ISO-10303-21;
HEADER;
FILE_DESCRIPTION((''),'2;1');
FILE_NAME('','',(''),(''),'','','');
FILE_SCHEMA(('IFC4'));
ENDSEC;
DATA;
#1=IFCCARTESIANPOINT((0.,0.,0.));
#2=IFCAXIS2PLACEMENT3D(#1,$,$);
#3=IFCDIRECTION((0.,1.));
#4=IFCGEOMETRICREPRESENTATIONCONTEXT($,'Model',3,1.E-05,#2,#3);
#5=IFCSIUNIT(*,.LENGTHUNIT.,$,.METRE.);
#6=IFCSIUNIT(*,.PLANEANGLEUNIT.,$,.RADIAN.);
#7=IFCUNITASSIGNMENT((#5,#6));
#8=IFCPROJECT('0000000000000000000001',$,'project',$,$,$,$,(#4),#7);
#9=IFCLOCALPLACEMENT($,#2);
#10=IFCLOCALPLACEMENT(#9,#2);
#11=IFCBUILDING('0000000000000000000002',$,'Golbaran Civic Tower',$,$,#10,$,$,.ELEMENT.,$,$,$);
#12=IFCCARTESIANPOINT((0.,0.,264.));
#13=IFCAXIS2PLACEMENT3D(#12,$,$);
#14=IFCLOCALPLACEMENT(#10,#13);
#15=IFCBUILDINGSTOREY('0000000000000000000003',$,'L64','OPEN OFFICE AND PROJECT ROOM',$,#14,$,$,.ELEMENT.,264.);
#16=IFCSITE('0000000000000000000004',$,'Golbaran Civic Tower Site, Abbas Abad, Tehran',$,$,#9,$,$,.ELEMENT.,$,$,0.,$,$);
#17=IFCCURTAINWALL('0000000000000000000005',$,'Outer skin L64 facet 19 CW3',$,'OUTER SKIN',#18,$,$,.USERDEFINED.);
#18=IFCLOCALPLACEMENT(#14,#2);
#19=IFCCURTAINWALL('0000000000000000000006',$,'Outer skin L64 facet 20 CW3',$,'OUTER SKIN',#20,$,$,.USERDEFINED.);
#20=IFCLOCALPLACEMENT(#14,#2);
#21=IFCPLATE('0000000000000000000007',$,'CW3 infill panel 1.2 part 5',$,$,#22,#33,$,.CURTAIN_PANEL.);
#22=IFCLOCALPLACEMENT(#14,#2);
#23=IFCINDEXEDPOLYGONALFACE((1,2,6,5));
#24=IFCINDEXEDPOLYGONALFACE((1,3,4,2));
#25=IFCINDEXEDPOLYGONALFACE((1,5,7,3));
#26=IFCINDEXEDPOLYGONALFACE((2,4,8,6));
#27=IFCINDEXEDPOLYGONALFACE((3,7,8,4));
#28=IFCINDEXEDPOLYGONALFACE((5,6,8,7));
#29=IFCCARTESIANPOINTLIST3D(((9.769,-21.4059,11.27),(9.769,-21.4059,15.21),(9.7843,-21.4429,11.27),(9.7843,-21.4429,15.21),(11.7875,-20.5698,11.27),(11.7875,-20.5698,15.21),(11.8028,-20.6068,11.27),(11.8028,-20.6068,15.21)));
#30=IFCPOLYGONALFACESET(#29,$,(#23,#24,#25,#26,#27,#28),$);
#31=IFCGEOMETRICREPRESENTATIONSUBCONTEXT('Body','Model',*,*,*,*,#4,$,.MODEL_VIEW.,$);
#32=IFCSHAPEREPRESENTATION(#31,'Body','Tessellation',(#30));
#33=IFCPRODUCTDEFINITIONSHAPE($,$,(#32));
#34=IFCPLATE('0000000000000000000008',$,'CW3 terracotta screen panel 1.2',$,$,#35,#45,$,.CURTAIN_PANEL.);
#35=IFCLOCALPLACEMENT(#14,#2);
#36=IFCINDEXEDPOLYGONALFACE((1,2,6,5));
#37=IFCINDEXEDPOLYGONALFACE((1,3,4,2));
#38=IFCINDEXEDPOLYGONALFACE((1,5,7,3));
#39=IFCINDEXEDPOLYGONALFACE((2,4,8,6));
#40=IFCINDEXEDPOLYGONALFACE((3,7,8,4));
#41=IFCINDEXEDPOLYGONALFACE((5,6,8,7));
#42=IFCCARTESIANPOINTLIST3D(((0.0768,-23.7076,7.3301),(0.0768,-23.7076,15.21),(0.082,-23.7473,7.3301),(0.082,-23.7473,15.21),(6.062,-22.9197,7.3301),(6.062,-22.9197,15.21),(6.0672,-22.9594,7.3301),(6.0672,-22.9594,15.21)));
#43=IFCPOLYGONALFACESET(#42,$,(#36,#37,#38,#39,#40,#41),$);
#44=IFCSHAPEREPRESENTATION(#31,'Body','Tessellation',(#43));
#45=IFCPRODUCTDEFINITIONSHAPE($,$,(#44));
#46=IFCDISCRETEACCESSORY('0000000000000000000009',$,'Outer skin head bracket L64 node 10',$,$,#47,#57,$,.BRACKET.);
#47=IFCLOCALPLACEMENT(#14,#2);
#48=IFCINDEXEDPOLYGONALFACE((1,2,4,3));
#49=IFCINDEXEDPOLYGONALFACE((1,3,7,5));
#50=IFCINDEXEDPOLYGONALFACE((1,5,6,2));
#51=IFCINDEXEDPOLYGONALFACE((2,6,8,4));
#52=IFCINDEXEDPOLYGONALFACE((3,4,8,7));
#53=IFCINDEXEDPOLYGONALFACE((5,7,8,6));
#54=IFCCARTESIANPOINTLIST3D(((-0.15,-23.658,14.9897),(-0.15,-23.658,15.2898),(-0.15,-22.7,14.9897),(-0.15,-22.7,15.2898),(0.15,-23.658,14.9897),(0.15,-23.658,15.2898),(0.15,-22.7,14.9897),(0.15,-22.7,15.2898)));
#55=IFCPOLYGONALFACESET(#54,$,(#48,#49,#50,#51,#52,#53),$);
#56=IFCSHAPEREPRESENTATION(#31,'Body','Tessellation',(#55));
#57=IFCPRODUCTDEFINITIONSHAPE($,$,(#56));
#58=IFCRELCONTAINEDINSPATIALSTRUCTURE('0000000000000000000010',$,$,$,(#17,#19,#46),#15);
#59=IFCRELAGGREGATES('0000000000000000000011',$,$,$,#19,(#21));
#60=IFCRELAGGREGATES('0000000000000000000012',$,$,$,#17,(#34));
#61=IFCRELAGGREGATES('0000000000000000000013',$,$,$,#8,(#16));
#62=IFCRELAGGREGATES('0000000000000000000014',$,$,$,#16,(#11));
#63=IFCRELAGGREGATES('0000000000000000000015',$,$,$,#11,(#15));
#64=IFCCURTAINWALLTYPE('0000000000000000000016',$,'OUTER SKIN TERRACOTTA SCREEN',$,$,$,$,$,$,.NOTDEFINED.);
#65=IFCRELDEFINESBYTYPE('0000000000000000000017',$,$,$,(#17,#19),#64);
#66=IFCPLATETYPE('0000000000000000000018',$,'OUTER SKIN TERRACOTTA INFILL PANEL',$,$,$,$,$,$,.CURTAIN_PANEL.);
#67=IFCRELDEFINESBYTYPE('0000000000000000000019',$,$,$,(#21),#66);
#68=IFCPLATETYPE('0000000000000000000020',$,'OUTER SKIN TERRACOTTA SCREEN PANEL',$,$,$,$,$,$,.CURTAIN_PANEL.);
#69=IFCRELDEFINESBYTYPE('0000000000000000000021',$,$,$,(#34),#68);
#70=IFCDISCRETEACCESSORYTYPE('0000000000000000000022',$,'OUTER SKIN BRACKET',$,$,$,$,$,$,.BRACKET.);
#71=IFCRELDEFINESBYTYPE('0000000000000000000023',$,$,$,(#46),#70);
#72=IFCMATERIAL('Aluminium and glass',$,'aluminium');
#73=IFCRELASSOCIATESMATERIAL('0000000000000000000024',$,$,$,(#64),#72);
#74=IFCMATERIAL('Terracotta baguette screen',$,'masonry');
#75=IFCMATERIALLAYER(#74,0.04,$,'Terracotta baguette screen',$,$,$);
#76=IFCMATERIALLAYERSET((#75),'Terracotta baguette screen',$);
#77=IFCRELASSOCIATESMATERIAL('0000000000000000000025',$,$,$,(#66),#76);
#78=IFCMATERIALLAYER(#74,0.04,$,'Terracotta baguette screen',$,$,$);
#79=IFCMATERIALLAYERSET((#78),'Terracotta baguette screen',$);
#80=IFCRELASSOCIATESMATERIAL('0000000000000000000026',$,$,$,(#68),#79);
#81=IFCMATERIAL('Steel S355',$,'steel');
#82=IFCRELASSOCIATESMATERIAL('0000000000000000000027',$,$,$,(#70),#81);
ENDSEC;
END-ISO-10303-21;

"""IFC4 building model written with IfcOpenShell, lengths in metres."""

from ifc_helpers import new_model, si_unit, direction, frame, origin, origin_2d, place, context, subcontext, project, spatial, rectangle, extrude, material, layer, layer_set, type_object, element, aggregate, save


model = new_model("IFC4")

# Units and contexts
model_context = context("Model", 3, precision=1e-05, world=origin(), true_north=direction((0.0, 1.0)))
body_context = subcontext(model_context, "Body", "Model", "MODEL_VIEW")
ifc_project = project(units=[si_unit("LENGTHUNIT", "METRE"), si_unit("PLANEANGLEUNIT", "RADIAN")], contexts=[model_context])

# Site, building, storey
site_placement = place(None, origin())
site = spatial("IfcSite", under=ifc_project, at=site_placement, Name="Golbaran Civic Tower Site, Abbas Abad, Tehran", CompositionType="ELEMENT", RefElevation=0.0)
building_placement = place(site_placement, origin())
building = spatial("IfcBuilding", under=site, at=building_placement, Name="Golbaran Civic Tower", CompositionType="ELEMENT")
storey_placement = place(building_placement, frame((0.0, 0.0, 264.0)))
storey = spatial("IfcBuildingStorey", under=building, at=storey_placement, Name="L64", Description="OPEN OFFICE AND PROJECT ROOM", CompositionType="ELEMENT", Elevation=264.0)

# Curtain walls
ifc_material_1 = material(Name="Aluminium and glass", Category="aluminium")
curtain_wall_type_1 = type_object("IfcCurtainWallType", Name="OUTER SKIN TERRACOTTA SCREEN", PredefinedType="NOTDEFINED", material=ifc_material_1)
curtain_wall_1_placement = place(storey_placement, origin())
curtain_wall_1 = element("IfcCurtainWall", 1, at=curtain_wall_1_placement, inside=storey, type_object=curtain_wall_type_1, Name="Outer skin L64 facet 19 CW3", ObjectType="OUTER SKIN", PredefinedType="USERDEFINED")
curtain_wall_2_placement = place(storey_placement, origin())
curtain_wall_2 = element("IfcCurtainWall", 2, at=curtain_wall_2_placement, inside=storey, type_object=curtain_wall_type_1, Name="Outer skin L64 facet 20 CW3", ObjectType="OUTER SKIN", PredefinedType="USERDEFINED")

# Plates
ifc_material_2 = material(Name="Terracotta baguette screen", Category="masonry")
ifc_layer_1 = layer(ifc_material_2, 0.04, Name="Terracotta baguette screen")
ifc_layer_set_1 = layer_set([ifc_layer_1], Name="Terracotta baguette screen")
plate_type_1 = type_object("IfcPlateType", Name="OUTER SKIN TERRACOTTA INFILL PANEL", PredefinedType="CURTAIN_PANEL", material=ifc_layer_set_1)
plate_1_placement = place(storey_placement, frame((10.7859, -21.0063, 11.27), z_axis=(0.0, 0.0, 1.0), x_axis=(0.92388, 0.382683, 0.0)))
plate_1 = element("IfcPlate", 3, at=plate_1_placement, type_object=plate_type_1, Name="CW3 infill panel 1.2 part 5", PredefinedType="CURTAIN_PANEL", context=body_context, shape_type="SweptSolid", body=[
    extrude(rectangle(XDim=2.1848, YDim=0.04, at=origin_2d()), origin(), (0.0, 0.0, 1.0), 3.9399),
])
aggregate(curtain_wall_2, [plate_1])
ifc_layer_2 = layer(ifc_material_2, 0.04, Name="Terracotta baguette screen")
ifc_layer_set_2 = layer_set([ifc_layer_2], Name="Terracotta baguette screen")
plate_type_2 = type_object("IfcPlateType", Name="OUTER SKIN TERRACOTTA SCREEN PANEL", PredefinedType="CURTAIN_PANEL", material=ifc_layer_set_2)
plate_2_placement = place(storey_placement, frame((3.072, -23.3335, 7.3301), z_axis=(0.0, 0.0, 1.0), x_axis=(0.991445, 0.130526, 0.0)))
plate_2 = element("IfcPlate", 4, at=plate_2_placement, type_object=plate_type_2, Name="CW3 terracotta screen panel 1.2", PredefinedType="CURTAIN_PANEL", context=body_context, shape_type="SweptSolid", body=[
    extrude(rectangle(XDim=6.0369, YDim=0.04, at=origin_2d()), origin(), (0.0, 0.0, 1.0), 7.8799),
])
aggregate(curtain_wall_1, [plate_2])

# Discrete accessory
ifc_material_3 = material(Name="Steel S355", Category="steel")
discrete_accessory_type = type_object("IfcDiscreteAccessoryType", Name="OUTER SKIN BRACKET", PredefinedType="BRACKET", material=ifc_material_3)
discrete_accessory_placement = place(storey_placement, frame((0.0, -23.179, 14.9897), z_axis=(0.0, 0.0, 1.0), x_axis=(0.0, -1.0, 0.0)))
element("IfcDiscreteAccessory", 5, at=discrete_accessory_placement, inside=storey, type_object=discrete_accessory_type, Name="Outer skin head bracket L64 node 10", PredefinedType="BRACKET", context=body_context, shape_type="SweptSolid", body=[
    extrude(rectangle(XDim=0.958, YDim=0.3, at=origin_2d()), origin(), (0.0, 0.0, 1.0), 0.3),
])

save(model, "model.ifc")
